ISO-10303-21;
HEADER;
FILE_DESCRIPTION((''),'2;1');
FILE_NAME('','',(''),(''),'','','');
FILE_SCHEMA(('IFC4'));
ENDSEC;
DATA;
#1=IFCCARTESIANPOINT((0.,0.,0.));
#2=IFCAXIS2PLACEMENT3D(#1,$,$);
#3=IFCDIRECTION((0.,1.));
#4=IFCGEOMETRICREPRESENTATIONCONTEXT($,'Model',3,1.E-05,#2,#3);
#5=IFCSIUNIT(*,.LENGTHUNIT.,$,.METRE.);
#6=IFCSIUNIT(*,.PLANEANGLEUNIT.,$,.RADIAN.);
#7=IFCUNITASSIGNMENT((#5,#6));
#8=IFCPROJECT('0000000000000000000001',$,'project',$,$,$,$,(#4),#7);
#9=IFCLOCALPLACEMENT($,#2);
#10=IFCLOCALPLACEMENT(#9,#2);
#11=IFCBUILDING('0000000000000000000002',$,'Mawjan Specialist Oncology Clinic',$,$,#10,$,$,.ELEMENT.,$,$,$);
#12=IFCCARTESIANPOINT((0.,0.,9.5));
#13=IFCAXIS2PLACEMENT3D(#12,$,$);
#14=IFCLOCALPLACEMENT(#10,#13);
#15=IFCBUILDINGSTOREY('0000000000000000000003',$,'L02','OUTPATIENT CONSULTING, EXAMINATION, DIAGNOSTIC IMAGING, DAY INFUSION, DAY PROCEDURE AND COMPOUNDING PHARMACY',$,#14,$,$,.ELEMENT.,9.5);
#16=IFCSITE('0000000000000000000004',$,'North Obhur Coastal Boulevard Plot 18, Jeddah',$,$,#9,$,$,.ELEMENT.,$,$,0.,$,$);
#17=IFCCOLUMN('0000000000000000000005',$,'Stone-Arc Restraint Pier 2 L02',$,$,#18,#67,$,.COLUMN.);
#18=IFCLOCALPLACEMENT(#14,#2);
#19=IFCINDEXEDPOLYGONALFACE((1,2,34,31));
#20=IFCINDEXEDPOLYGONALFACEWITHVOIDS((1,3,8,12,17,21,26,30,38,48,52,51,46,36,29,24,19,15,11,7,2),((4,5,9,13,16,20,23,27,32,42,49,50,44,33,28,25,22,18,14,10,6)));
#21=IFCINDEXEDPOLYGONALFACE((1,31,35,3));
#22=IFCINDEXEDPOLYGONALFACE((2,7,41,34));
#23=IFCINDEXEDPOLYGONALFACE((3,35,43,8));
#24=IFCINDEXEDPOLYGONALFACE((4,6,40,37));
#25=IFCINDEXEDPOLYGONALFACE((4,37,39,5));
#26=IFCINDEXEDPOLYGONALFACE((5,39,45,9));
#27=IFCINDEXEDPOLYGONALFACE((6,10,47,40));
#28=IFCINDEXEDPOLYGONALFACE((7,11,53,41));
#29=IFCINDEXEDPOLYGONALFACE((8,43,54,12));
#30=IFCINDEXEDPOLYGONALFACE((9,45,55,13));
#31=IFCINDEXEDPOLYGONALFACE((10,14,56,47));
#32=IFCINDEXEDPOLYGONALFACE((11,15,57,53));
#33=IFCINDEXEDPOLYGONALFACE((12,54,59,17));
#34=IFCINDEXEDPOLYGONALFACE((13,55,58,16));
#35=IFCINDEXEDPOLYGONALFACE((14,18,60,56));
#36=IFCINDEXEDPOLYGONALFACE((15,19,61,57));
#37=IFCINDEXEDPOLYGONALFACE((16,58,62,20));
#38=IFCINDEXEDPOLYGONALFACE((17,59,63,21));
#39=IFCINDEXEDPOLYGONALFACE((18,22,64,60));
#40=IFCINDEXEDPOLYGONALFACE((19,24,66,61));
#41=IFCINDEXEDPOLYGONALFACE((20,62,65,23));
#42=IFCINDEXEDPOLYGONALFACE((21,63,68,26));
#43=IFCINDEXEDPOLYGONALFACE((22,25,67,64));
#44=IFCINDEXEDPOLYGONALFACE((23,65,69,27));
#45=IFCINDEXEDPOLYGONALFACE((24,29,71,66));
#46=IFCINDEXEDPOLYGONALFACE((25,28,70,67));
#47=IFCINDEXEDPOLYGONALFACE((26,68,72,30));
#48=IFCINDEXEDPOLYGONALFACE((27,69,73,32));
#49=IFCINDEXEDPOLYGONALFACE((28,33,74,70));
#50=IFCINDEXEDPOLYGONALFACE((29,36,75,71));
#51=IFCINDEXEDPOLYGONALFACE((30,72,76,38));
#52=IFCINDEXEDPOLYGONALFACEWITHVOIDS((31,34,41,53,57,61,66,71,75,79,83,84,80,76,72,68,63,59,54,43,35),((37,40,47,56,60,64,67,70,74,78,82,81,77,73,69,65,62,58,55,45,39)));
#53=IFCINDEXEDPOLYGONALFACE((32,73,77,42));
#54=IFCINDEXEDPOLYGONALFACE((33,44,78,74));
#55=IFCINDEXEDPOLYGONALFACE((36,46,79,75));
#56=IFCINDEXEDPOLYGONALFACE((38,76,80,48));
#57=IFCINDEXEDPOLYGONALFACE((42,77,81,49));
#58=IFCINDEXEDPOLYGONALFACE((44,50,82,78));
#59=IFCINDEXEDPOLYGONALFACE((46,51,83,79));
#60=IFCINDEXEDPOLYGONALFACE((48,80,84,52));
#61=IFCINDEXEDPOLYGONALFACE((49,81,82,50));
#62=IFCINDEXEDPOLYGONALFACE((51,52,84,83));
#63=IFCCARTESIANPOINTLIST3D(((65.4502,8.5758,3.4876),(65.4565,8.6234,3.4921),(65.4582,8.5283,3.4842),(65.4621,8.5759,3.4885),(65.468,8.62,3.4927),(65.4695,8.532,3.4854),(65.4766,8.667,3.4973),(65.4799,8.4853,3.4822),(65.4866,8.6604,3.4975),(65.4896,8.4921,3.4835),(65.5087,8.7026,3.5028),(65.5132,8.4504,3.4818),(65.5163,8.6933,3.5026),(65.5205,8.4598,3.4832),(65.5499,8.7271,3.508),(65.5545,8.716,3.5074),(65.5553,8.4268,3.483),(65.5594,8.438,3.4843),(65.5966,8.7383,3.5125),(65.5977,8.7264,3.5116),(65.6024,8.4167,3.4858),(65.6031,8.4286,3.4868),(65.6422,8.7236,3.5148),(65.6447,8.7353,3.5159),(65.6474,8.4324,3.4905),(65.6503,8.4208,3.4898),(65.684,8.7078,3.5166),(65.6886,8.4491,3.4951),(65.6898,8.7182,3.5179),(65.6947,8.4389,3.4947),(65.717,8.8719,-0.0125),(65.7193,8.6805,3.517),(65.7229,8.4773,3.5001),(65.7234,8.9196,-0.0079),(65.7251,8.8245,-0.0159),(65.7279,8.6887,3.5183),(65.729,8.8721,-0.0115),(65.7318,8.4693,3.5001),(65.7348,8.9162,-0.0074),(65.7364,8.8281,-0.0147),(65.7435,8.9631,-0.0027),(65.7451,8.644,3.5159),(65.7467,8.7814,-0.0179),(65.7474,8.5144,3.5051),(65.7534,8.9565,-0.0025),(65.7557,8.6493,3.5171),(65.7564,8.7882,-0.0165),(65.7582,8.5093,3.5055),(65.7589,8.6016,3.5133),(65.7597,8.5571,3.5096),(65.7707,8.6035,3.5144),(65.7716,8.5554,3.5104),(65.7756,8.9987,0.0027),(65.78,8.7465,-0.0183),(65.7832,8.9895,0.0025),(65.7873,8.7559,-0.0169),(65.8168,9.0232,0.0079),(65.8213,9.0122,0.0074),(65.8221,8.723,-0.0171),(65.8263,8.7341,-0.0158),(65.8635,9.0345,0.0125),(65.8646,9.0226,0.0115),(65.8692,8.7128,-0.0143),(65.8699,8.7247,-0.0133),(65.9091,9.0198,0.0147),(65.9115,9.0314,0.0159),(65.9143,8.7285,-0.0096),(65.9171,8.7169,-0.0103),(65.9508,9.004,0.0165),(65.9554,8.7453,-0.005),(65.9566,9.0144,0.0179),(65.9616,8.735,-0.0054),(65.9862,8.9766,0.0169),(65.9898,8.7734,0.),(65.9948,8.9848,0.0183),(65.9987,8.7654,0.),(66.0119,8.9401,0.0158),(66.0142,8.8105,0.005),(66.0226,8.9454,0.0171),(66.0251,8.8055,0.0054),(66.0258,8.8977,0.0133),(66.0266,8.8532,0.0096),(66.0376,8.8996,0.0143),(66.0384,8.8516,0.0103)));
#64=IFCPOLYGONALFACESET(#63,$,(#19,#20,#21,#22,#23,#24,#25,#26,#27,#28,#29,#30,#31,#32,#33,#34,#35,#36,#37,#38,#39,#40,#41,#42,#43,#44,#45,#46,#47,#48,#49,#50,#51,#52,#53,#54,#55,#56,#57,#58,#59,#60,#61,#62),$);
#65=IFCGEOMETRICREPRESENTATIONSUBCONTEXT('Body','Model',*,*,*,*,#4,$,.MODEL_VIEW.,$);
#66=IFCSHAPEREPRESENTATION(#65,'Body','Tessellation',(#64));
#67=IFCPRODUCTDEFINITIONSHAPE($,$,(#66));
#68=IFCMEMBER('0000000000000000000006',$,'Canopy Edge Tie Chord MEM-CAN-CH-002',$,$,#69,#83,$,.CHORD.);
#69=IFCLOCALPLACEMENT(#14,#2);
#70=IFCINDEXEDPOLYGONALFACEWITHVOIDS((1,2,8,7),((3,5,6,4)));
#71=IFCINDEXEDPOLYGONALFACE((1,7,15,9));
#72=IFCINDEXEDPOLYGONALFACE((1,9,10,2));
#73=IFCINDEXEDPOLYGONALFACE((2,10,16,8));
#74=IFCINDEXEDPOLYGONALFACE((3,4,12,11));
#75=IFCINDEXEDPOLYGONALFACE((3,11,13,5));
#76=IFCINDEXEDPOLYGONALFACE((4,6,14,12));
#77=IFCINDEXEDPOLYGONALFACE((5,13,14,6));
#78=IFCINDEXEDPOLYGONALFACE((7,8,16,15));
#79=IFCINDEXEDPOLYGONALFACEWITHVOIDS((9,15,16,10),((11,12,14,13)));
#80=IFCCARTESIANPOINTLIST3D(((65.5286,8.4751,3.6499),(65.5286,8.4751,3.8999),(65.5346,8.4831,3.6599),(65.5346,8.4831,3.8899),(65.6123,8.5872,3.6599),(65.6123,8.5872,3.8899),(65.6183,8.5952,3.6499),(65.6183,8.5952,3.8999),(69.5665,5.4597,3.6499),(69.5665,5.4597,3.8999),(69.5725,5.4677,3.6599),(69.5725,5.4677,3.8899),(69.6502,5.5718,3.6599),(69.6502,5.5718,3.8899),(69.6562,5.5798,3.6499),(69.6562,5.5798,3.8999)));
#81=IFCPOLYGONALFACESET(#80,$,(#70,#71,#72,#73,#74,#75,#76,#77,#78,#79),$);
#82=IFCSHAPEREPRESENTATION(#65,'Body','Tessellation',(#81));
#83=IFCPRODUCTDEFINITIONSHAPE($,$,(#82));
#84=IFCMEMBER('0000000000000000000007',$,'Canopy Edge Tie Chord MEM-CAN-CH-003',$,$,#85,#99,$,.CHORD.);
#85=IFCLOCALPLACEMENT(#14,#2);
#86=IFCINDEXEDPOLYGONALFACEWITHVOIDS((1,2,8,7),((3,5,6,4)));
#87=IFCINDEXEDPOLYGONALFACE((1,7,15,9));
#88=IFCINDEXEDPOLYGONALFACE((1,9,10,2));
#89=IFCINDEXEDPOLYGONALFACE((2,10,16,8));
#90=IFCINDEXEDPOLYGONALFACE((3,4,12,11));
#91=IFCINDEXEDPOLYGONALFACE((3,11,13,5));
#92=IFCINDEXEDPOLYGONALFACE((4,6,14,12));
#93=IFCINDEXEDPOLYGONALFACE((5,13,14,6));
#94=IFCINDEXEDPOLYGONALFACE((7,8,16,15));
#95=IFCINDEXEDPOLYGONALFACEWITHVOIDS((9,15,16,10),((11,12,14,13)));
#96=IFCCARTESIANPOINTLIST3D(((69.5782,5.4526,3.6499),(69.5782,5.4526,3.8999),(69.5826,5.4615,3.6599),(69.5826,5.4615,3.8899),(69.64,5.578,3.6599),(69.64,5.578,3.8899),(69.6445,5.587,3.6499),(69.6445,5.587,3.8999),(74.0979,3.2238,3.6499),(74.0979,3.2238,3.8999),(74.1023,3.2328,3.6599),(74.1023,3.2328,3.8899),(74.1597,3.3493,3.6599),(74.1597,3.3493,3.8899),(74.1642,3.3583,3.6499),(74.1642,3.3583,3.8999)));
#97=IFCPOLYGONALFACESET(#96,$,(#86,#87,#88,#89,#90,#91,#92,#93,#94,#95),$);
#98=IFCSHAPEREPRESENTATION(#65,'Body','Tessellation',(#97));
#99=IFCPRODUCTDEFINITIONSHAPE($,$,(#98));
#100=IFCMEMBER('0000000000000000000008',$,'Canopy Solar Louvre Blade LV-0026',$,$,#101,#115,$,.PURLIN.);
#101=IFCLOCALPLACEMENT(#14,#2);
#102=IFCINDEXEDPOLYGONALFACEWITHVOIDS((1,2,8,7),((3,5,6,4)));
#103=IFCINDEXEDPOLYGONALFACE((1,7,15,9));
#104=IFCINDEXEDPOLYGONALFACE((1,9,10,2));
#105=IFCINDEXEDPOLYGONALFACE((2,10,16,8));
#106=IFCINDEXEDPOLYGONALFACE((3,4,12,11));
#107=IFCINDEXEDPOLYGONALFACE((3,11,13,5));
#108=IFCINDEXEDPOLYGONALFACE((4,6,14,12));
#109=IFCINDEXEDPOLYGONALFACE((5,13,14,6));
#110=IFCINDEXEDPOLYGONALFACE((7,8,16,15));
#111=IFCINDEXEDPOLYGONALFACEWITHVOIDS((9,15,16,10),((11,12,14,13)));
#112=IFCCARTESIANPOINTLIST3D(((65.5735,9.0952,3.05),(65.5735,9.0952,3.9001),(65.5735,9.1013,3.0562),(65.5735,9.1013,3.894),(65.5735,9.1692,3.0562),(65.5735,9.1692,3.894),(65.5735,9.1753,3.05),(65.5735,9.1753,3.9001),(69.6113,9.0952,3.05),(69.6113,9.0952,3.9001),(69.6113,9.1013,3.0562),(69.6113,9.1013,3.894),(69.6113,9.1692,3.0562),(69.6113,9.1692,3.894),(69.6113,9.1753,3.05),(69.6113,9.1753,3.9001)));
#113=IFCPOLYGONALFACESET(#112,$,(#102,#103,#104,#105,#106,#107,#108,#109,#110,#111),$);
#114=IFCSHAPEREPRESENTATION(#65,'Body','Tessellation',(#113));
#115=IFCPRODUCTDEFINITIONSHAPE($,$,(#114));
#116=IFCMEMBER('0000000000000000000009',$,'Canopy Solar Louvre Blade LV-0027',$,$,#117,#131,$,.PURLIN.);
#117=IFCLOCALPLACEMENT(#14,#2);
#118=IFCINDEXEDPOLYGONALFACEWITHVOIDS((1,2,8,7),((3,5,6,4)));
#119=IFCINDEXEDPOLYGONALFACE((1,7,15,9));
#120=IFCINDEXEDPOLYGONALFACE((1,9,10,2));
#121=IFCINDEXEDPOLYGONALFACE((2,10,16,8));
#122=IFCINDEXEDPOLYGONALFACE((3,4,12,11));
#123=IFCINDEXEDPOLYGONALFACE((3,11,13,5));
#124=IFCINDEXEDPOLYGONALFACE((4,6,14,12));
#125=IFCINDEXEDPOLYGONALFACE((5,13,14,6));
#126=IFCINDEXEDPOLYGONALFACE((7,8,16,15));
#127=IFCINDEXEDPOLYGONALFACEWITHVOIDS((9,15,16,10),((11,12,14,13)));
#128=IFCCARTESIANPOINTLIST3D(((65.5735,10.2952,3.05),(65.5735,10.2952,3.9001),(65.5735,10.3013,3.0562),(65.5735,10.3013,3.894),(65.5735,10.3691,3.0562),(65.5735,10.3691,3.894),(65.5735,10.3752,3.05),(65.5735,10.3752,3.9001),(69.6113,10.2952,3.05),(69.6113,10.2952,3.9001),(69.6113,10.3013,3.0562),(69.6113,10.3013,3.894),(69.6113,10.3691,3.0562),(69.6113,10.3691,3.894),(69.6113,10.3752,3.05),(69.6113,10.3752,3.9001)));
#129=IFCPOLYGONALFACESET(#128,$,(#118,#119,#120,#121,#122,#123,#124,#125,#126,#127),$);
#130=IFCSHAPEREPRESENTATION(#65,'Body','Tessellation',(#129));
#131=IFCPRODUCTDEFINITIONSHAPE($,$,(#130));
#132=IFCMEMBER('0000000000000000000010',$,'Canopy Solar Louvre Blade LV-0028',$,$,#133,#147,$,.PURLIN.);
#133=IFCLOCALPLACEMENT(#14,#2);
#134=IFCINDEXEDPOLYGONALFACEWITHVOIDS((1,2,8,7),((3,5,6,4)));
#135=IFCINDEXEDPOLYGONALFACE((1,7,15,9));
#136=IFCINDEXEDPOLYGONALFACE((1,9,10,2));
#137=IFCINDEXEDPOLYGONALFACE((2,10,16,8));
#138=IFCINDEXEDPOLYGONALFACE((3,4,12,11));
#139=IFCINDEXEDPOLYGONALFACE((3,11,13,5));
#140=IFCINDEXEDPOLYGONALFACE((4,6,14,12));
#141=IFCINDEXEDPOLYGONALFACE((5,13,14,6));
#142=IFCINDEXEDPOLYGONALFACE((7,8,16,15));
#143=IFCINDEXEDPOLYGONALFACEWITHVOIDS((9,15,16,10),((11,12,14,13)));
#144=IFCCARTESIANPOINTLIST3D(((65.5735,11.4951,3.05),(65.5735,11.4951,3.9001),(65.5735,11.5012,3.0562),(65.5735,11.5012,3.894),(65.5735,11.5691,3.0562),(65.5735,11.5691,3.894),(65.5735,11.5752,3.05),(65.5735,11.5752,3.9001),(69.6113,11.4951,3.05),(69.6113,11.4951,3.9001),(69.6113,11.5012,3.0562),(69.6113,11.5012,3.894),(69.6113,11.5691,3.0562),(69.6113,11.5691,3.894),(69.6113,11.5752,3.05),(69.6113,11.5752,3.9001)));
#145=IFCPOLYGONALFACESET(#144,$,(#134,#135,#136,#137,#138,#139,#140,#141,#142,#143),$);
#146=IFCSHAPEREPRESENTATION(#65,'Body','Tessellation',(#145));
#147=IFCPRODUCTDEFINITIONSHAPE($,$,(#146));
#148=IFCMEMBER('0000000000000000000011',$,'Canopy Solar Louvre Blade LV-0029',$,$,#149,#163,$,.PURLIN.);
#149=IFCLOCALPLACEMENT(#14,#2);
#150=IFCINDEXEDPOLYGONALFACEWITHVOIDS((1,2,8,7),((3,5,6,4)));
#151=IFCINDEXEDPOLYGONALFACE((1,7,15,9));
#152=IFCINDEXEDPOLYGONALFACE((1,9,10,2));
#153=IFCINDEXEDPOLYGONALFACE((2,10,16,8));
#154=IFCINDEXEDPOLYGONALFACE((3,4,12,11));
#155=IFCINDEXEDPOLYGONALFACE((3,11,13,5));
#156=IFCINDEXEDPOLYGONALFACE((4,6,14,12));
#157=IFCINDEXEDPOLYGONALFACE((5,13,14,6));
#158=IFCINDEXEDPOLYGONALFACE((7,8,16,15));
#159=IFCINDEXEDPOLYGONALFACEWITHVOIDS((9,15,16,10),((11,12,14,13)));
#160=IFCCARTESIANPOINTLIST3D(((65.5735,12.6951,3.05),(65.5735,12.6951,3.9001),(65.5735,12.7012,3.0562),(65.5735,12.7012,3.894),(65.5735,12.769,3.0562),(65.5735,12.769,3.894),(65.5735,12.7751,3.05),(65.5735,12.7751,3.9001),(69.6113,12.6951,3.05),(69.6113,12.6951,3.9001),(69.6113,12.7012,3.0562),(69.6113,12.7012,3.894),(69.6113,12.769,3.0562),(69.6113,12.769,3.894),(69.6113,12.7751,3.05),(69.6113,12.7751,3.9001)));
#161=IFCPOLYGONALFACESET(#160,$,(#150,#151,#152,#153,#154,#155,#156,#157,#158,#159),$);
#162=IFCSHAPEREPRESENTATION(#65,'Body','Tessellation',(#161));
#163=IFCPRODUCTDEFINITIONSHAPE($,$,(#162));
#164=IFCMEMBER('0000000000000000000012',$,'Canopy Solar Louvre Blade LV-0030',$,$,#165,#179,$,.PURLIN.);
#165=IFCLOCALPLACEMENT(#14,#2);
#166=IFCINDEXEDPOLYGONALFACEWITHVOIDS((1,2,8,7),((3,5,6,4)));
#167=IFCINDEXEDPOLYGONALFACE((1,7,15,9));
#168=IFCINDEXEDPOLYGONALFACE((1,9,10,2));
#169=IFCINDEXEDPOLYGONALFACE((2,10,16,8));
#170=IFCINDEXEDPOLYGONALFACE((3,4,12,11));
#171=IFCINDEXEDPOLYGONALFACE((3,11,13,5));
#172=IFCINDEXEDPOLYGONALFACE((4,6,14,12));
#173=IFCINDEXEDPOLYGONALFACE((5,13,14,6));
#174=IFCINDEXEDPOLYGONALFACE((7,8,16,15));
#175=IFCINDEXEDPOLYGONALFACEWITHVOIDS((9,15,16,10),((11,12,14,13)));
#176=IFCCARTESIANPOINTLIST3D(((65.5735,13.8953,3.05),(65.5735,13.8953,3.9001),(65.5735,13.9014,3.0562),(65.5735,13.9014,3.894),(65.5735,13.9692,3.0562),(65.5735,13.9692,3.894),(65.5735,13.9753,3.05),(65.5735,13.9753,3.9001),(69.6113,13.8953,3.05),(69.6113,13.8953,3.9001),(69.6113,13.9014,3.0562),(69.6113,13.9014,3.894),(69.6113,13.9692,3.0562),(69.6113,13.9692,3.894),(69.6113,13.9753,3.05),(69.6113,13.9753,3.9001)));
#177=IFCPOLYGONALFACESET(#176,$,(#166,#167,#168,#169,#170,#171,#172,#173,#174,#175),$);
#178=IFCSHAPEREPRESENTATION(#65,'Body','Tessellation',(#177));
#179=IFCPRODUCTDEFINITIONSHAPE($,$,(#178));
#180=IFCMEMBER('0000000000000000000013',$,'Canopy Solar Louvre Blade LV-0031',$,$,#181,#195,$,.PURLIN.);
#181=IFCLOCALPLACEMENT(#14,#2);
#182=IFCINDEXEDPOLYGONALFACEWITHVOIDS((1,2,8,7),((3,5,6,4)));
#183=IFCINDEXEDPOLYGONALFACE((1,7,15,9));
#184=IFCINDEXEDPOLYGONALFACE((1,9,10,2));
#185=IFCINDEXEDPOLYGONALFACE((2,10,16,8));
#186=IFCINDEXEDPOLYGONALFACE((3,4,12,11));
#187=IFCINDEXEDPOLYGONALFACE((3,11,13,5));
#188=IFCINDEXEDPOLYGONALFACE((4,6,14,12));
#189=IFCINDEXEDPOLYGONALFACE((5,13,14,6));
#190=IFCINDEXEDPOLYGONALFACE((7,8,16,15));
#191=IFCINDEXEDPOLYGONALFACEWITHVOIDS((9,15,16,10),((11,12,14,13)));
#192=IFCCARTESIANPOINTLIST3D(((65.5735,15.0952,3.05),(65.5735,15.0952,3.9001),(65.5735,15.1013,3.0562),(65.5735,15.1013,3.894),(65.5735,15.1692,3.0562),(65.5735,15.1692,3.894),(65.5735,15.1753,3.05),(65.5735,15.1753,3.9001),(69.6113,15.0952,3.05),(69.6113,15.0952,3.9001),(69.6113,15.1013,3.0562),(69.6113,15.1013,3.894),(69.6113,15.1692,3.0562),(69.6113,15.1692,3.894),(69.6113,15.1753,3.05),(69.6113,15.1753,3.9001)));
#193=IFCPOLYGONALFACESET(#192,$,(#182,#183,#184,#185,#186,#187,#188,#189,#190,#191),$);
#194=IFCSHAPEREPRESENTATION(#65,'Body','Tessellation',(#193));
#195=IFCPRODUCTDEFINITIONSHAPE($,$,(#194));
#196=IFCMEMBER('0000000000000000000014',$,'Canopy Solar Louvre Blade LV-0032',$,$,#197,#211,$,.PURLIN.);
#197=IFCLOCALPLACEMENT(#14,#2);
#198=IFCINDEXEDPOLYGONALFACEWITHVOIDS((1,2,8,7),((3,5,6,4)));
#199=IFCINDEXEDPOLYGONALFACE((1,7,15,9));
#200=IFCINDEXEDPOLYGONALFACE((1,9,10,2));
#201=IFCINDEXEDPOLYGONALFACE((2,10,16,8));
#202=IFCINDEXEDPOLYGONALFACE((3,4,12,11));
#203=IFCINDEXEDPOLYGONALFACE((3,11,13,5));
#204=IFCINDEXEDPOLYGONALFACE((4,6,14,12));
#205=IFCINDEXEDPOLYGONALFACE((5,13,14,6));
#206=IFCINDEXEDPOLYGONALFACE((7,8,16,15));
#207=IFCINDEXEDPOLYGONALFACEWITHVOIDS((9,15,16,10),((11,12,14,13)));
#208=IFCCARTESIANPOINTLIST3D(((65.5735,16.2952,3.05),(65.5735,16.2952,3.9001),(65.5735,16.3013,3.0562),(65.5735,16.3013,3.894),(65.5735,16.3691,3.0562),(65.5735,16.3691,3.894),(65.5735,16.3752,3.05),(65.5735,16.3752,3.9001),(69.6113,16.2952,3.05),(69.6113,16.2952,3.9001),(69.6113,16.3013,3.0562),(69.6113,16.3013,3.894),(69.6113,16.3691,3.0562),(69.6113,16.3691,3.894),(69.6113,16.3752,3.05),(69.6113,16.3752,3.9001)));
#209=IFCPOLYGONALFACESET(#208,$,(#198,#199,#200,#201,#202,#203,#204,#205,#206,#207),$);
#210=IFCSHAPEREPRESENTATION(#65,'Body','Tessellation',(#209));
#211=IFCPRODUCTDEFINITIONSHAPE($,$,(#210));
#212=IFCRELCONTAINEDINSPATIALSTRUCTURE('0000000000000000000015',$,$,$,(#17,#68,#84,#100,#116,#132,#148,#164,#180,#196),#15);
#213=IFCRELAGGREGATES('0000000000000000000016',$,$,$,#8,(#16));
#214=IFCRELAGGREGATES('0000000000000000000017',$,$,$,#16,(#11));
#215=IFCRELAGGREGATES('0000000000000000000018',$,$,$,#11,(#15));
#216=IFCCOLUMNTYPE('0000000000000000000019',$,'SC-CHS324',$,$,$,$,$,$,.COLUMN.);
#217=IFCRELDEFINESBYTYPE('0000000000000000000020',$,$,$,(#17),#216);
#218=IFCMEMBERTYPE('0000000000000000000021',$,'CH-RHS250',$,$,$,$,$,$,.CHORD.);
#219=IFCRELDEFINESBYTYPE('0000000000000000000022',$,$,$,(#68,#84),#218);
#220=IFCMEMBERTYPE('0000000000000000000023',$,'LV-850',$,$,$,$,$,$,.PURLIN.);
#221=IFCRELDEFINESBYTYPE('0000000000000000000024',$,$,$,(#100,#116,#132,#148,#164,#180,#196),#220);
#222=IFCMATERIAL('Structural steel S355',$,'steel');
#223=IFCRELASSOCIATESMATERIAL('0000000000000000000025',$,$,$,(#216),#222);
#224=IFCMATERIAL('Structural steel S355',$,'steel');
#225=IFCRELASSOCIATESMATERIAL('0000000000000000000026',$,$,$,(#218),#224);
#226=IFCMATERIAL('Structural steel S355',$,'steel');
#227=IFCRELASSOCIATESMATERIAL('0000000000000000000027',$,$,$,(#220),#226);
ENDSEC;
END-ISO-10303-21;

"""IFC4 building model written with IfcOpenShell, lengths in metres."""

from ifc_helpers import new_model, si_unit, direction, frame, origin, origin_2d, place, context, subcontext, project, spatial, hollow_rectangle, hollow_circle, extrude, material, material_profile, profile_set, type_object, element, save


model = new_model("IFC4")

# Units and contexts
model_context = context("Model", 3, precision=1e-05, world=origin(), true_north=direction((0.0, 1.0)))
body_context = subcontext(model_context, "Body", "Model", "MODEL_VIEW")
ifc_project = project(units=[si_unit("LENGTHUNIT", "METRE"), si_unit("PLANEANGLEUNIT", "RADIAN")], contexts=[model_context])

# Site, building, storey
site_placement = place(None, origin())
site = spatial("IfcSite", under=ifc_project, at=site_placement, Name="North Obhur Coastal Boulevard Plot 18, Jeddah", CompositionType="ELEMENT", RefElevation=0.0)
building_placement = place(site_placement, origin())
building = spatial("IfcBuilding", under=site, at=building_placement, Name="Mawjan Specialist Oncology Clinic", CompositionType="ELEMENT")
storey_placement = place(building_placement, frame((0.0, 0.0, 9.5)))
storey = spatial("IfcBuildingStorey", under=building, at=storey_placement, Name="L02", Description="OUTPATIENT CONSULTING, EXAMINATION, DIAGNOSTIC IMAGING, DAY INFUSION, DAY PROCEDURE AND COMPOUNDING PHARMACY", CompositionType="ELEMENT", Elevation=9.5)

# Column
ifc_material_1 = material(Name="Structural steel S355", Category="steel")
ifc_material_profile_1 = material_profile(ifc_material_1, hollow_circle(Radius=0.1619, WallThickness=0.012, at=origin_2d()), Name="CHS 323.9x12", Category="steel")
ifc_profile_set_1 = profile_set([ifc_material_profile_1], Name="Structural steel S355")
column_type = type_object("IfcColumnType", Name="SC-CHS324", PredefinedType="COLUMN", material=ifc_profile_set_1)
column_placement = place(storey_placement, frame((65.8784, 8.8738, 0.0), z_axis=(-0.075752, -0.084069, 0.993576), x_axis=(0.742898, -0.669404, 0.0)))
element("IfcColumn", 1, at=column_placement, inside=storey, type_object=column_type, Name="Stone-Arc Restraint Pier 2 L02", PredefinedType="COLUMN", context=body_context, shape_type="SweptSolid", body=[
    extrude(hollow_circle(Radius=0.1619, WallThickness=0.012, at=origin_2d()), origin(), (0.0, 0.0, 1.0), 3.5227),
])

# Members
ifc_material_2 = material(Name="Structural steel S355", Category="steel")
ifc_material_profile_2 = material_profile(ifc_material_2, hollow_rectangle(XDim=0.1499, YDim=0.25, WallThickness=0.01, at=origin_2d()), Name="RHS 250x150x10", Category="steel")
ifc_profile_set_2 = profile_set([ifc_material_profile_2], Name="Structural steel S355")
member_type_1 = type_object("IfcMemberType", Name="CH-RHS250", PredefinedType="CHORD", material=ifc_profile_set_2)
member_1_placement = place(storey_placement, frame((65.5735, 8.5352, 3.7749), z_axis=(0.801237, -0.598348, 0.0), x_axis=(0.598348, 0.801237, 0.0)))
element("IfcMember", 2, at=member_1_placement, inside=storey, type_object=member_type_1, Name="Canopy Edge Tie Chord MEM-CAN-CH-002", PredefinedType="CHORD", context=body_context, shape_type="SweptSolid", body=[
    extrude(hollow_rectangle(XDim=0.1499, YDim=0.25, WallThickness=0.01, at=origin_2d()), origin(), (0.0, 0.0, 1.0), 5.0396),
])
member_2_placement = place(storey_placement, frame((69.6113, 5.5198, 3.7749), z_axis=(0.896884, -0.442265, 0.0), x_axis=(0.442265, 0.896884, 0.0)))
element("IfcMember", 3, at=member_2_placement, inside=storey, type_object=member_type_1, Name="Canopy Edge Tie Chord MEM-CAN-CH-003", PredefinedType="CHORD", context=body_context, shape_type="SweptSolid", body=[
    extrude(hollow_rectangle(XDim=0.1499, YDim=0.25, WallThickness=0.01, at=origin_2d()), origin(), (0.0, 0.0, 1.0), 5.0393),
])
ifc_material_3 = material(Name="Structural steel S355", Category="steel")
ifc_material_profile_3 = material_profile(ifc_material_3, hollow_rectangle(XDim=0.0801, YDim=0.8501, WallThickness=0.0061, at=origin_2d()), Name="LOUVRE 850x80x6", Category="steel")
ifc_profile_set_3 = profile_set([ifc_material_profile_3], Name="Structural steel S355")
member_type_2 = type_object("IfcMemberType", Name="LV-850", PredefinedType="PURLIN", material=ifc_profile_set_3)
for number, where, z_axis, x_axis, name in (
    (4, (65.5735, 9.1353, 3.4751), (1.0, 0.0, 0.0), (0.0, 1.0, 0.0), "Canopy Solar Louvre Blade LV-0026"),
    (5, (65.5735, 10.3352, 3.4751), (1.0, 0.0, 0.0), (0.0, 1.0, 0.0), "Canopy Solar Louvre Blade LV-0027"),
    (6, (65.5735, 11.5352, 3.4751), (1.0, 0.0, 0.0), (0.0, 1.0, 0.0), "Canopy Solar Louvre Blade LV-0028"),
    (7, (65.5735, 12.7351, 3.4751), (1.0, 0.0, 0.0), (0.0, 1.0, 0.0), "Canopy Solar Louvre Blade LV-0029"),
    (8, (65.5735, 13.9353, 3.4751), (1.0, 0.0, 0.0), (0.0, 1.0, 0.0), "Canopy Solar Louvre Blade LV-0030"),
    (9, (65.5735, 15.1353, 3.4751), (1.0, 0.0, 0.0), (0.0, 1.0, 0.0), "Canopy Solar Louvre Blade LV-0031"),
    (10, (65.5735, 16.3352, 3.4751), (1.0, 0.0, 0.0), (0.0, 1.0, 0.0), "Canopy Solar Louvre Blade LV-0032"),
):
    element("IfcMember", number, at=place(storey_placement, frame(where, z_axis=z_axis, x_axis=x_axis)), inside=storey, type_object=member_type_2, Name=name, PredefinedType="PURLIN", context=body_context, shape_type="SweptSolid", body=[
        extrude(hollow_rectangle(XDim=0.0801, YDim=0.8501, WallThickness=0.0061, at=origin_2d()), origin(), (0.0, 0.0, 1.0), 4.0378),
    ])

save(model, "model.ifc")
